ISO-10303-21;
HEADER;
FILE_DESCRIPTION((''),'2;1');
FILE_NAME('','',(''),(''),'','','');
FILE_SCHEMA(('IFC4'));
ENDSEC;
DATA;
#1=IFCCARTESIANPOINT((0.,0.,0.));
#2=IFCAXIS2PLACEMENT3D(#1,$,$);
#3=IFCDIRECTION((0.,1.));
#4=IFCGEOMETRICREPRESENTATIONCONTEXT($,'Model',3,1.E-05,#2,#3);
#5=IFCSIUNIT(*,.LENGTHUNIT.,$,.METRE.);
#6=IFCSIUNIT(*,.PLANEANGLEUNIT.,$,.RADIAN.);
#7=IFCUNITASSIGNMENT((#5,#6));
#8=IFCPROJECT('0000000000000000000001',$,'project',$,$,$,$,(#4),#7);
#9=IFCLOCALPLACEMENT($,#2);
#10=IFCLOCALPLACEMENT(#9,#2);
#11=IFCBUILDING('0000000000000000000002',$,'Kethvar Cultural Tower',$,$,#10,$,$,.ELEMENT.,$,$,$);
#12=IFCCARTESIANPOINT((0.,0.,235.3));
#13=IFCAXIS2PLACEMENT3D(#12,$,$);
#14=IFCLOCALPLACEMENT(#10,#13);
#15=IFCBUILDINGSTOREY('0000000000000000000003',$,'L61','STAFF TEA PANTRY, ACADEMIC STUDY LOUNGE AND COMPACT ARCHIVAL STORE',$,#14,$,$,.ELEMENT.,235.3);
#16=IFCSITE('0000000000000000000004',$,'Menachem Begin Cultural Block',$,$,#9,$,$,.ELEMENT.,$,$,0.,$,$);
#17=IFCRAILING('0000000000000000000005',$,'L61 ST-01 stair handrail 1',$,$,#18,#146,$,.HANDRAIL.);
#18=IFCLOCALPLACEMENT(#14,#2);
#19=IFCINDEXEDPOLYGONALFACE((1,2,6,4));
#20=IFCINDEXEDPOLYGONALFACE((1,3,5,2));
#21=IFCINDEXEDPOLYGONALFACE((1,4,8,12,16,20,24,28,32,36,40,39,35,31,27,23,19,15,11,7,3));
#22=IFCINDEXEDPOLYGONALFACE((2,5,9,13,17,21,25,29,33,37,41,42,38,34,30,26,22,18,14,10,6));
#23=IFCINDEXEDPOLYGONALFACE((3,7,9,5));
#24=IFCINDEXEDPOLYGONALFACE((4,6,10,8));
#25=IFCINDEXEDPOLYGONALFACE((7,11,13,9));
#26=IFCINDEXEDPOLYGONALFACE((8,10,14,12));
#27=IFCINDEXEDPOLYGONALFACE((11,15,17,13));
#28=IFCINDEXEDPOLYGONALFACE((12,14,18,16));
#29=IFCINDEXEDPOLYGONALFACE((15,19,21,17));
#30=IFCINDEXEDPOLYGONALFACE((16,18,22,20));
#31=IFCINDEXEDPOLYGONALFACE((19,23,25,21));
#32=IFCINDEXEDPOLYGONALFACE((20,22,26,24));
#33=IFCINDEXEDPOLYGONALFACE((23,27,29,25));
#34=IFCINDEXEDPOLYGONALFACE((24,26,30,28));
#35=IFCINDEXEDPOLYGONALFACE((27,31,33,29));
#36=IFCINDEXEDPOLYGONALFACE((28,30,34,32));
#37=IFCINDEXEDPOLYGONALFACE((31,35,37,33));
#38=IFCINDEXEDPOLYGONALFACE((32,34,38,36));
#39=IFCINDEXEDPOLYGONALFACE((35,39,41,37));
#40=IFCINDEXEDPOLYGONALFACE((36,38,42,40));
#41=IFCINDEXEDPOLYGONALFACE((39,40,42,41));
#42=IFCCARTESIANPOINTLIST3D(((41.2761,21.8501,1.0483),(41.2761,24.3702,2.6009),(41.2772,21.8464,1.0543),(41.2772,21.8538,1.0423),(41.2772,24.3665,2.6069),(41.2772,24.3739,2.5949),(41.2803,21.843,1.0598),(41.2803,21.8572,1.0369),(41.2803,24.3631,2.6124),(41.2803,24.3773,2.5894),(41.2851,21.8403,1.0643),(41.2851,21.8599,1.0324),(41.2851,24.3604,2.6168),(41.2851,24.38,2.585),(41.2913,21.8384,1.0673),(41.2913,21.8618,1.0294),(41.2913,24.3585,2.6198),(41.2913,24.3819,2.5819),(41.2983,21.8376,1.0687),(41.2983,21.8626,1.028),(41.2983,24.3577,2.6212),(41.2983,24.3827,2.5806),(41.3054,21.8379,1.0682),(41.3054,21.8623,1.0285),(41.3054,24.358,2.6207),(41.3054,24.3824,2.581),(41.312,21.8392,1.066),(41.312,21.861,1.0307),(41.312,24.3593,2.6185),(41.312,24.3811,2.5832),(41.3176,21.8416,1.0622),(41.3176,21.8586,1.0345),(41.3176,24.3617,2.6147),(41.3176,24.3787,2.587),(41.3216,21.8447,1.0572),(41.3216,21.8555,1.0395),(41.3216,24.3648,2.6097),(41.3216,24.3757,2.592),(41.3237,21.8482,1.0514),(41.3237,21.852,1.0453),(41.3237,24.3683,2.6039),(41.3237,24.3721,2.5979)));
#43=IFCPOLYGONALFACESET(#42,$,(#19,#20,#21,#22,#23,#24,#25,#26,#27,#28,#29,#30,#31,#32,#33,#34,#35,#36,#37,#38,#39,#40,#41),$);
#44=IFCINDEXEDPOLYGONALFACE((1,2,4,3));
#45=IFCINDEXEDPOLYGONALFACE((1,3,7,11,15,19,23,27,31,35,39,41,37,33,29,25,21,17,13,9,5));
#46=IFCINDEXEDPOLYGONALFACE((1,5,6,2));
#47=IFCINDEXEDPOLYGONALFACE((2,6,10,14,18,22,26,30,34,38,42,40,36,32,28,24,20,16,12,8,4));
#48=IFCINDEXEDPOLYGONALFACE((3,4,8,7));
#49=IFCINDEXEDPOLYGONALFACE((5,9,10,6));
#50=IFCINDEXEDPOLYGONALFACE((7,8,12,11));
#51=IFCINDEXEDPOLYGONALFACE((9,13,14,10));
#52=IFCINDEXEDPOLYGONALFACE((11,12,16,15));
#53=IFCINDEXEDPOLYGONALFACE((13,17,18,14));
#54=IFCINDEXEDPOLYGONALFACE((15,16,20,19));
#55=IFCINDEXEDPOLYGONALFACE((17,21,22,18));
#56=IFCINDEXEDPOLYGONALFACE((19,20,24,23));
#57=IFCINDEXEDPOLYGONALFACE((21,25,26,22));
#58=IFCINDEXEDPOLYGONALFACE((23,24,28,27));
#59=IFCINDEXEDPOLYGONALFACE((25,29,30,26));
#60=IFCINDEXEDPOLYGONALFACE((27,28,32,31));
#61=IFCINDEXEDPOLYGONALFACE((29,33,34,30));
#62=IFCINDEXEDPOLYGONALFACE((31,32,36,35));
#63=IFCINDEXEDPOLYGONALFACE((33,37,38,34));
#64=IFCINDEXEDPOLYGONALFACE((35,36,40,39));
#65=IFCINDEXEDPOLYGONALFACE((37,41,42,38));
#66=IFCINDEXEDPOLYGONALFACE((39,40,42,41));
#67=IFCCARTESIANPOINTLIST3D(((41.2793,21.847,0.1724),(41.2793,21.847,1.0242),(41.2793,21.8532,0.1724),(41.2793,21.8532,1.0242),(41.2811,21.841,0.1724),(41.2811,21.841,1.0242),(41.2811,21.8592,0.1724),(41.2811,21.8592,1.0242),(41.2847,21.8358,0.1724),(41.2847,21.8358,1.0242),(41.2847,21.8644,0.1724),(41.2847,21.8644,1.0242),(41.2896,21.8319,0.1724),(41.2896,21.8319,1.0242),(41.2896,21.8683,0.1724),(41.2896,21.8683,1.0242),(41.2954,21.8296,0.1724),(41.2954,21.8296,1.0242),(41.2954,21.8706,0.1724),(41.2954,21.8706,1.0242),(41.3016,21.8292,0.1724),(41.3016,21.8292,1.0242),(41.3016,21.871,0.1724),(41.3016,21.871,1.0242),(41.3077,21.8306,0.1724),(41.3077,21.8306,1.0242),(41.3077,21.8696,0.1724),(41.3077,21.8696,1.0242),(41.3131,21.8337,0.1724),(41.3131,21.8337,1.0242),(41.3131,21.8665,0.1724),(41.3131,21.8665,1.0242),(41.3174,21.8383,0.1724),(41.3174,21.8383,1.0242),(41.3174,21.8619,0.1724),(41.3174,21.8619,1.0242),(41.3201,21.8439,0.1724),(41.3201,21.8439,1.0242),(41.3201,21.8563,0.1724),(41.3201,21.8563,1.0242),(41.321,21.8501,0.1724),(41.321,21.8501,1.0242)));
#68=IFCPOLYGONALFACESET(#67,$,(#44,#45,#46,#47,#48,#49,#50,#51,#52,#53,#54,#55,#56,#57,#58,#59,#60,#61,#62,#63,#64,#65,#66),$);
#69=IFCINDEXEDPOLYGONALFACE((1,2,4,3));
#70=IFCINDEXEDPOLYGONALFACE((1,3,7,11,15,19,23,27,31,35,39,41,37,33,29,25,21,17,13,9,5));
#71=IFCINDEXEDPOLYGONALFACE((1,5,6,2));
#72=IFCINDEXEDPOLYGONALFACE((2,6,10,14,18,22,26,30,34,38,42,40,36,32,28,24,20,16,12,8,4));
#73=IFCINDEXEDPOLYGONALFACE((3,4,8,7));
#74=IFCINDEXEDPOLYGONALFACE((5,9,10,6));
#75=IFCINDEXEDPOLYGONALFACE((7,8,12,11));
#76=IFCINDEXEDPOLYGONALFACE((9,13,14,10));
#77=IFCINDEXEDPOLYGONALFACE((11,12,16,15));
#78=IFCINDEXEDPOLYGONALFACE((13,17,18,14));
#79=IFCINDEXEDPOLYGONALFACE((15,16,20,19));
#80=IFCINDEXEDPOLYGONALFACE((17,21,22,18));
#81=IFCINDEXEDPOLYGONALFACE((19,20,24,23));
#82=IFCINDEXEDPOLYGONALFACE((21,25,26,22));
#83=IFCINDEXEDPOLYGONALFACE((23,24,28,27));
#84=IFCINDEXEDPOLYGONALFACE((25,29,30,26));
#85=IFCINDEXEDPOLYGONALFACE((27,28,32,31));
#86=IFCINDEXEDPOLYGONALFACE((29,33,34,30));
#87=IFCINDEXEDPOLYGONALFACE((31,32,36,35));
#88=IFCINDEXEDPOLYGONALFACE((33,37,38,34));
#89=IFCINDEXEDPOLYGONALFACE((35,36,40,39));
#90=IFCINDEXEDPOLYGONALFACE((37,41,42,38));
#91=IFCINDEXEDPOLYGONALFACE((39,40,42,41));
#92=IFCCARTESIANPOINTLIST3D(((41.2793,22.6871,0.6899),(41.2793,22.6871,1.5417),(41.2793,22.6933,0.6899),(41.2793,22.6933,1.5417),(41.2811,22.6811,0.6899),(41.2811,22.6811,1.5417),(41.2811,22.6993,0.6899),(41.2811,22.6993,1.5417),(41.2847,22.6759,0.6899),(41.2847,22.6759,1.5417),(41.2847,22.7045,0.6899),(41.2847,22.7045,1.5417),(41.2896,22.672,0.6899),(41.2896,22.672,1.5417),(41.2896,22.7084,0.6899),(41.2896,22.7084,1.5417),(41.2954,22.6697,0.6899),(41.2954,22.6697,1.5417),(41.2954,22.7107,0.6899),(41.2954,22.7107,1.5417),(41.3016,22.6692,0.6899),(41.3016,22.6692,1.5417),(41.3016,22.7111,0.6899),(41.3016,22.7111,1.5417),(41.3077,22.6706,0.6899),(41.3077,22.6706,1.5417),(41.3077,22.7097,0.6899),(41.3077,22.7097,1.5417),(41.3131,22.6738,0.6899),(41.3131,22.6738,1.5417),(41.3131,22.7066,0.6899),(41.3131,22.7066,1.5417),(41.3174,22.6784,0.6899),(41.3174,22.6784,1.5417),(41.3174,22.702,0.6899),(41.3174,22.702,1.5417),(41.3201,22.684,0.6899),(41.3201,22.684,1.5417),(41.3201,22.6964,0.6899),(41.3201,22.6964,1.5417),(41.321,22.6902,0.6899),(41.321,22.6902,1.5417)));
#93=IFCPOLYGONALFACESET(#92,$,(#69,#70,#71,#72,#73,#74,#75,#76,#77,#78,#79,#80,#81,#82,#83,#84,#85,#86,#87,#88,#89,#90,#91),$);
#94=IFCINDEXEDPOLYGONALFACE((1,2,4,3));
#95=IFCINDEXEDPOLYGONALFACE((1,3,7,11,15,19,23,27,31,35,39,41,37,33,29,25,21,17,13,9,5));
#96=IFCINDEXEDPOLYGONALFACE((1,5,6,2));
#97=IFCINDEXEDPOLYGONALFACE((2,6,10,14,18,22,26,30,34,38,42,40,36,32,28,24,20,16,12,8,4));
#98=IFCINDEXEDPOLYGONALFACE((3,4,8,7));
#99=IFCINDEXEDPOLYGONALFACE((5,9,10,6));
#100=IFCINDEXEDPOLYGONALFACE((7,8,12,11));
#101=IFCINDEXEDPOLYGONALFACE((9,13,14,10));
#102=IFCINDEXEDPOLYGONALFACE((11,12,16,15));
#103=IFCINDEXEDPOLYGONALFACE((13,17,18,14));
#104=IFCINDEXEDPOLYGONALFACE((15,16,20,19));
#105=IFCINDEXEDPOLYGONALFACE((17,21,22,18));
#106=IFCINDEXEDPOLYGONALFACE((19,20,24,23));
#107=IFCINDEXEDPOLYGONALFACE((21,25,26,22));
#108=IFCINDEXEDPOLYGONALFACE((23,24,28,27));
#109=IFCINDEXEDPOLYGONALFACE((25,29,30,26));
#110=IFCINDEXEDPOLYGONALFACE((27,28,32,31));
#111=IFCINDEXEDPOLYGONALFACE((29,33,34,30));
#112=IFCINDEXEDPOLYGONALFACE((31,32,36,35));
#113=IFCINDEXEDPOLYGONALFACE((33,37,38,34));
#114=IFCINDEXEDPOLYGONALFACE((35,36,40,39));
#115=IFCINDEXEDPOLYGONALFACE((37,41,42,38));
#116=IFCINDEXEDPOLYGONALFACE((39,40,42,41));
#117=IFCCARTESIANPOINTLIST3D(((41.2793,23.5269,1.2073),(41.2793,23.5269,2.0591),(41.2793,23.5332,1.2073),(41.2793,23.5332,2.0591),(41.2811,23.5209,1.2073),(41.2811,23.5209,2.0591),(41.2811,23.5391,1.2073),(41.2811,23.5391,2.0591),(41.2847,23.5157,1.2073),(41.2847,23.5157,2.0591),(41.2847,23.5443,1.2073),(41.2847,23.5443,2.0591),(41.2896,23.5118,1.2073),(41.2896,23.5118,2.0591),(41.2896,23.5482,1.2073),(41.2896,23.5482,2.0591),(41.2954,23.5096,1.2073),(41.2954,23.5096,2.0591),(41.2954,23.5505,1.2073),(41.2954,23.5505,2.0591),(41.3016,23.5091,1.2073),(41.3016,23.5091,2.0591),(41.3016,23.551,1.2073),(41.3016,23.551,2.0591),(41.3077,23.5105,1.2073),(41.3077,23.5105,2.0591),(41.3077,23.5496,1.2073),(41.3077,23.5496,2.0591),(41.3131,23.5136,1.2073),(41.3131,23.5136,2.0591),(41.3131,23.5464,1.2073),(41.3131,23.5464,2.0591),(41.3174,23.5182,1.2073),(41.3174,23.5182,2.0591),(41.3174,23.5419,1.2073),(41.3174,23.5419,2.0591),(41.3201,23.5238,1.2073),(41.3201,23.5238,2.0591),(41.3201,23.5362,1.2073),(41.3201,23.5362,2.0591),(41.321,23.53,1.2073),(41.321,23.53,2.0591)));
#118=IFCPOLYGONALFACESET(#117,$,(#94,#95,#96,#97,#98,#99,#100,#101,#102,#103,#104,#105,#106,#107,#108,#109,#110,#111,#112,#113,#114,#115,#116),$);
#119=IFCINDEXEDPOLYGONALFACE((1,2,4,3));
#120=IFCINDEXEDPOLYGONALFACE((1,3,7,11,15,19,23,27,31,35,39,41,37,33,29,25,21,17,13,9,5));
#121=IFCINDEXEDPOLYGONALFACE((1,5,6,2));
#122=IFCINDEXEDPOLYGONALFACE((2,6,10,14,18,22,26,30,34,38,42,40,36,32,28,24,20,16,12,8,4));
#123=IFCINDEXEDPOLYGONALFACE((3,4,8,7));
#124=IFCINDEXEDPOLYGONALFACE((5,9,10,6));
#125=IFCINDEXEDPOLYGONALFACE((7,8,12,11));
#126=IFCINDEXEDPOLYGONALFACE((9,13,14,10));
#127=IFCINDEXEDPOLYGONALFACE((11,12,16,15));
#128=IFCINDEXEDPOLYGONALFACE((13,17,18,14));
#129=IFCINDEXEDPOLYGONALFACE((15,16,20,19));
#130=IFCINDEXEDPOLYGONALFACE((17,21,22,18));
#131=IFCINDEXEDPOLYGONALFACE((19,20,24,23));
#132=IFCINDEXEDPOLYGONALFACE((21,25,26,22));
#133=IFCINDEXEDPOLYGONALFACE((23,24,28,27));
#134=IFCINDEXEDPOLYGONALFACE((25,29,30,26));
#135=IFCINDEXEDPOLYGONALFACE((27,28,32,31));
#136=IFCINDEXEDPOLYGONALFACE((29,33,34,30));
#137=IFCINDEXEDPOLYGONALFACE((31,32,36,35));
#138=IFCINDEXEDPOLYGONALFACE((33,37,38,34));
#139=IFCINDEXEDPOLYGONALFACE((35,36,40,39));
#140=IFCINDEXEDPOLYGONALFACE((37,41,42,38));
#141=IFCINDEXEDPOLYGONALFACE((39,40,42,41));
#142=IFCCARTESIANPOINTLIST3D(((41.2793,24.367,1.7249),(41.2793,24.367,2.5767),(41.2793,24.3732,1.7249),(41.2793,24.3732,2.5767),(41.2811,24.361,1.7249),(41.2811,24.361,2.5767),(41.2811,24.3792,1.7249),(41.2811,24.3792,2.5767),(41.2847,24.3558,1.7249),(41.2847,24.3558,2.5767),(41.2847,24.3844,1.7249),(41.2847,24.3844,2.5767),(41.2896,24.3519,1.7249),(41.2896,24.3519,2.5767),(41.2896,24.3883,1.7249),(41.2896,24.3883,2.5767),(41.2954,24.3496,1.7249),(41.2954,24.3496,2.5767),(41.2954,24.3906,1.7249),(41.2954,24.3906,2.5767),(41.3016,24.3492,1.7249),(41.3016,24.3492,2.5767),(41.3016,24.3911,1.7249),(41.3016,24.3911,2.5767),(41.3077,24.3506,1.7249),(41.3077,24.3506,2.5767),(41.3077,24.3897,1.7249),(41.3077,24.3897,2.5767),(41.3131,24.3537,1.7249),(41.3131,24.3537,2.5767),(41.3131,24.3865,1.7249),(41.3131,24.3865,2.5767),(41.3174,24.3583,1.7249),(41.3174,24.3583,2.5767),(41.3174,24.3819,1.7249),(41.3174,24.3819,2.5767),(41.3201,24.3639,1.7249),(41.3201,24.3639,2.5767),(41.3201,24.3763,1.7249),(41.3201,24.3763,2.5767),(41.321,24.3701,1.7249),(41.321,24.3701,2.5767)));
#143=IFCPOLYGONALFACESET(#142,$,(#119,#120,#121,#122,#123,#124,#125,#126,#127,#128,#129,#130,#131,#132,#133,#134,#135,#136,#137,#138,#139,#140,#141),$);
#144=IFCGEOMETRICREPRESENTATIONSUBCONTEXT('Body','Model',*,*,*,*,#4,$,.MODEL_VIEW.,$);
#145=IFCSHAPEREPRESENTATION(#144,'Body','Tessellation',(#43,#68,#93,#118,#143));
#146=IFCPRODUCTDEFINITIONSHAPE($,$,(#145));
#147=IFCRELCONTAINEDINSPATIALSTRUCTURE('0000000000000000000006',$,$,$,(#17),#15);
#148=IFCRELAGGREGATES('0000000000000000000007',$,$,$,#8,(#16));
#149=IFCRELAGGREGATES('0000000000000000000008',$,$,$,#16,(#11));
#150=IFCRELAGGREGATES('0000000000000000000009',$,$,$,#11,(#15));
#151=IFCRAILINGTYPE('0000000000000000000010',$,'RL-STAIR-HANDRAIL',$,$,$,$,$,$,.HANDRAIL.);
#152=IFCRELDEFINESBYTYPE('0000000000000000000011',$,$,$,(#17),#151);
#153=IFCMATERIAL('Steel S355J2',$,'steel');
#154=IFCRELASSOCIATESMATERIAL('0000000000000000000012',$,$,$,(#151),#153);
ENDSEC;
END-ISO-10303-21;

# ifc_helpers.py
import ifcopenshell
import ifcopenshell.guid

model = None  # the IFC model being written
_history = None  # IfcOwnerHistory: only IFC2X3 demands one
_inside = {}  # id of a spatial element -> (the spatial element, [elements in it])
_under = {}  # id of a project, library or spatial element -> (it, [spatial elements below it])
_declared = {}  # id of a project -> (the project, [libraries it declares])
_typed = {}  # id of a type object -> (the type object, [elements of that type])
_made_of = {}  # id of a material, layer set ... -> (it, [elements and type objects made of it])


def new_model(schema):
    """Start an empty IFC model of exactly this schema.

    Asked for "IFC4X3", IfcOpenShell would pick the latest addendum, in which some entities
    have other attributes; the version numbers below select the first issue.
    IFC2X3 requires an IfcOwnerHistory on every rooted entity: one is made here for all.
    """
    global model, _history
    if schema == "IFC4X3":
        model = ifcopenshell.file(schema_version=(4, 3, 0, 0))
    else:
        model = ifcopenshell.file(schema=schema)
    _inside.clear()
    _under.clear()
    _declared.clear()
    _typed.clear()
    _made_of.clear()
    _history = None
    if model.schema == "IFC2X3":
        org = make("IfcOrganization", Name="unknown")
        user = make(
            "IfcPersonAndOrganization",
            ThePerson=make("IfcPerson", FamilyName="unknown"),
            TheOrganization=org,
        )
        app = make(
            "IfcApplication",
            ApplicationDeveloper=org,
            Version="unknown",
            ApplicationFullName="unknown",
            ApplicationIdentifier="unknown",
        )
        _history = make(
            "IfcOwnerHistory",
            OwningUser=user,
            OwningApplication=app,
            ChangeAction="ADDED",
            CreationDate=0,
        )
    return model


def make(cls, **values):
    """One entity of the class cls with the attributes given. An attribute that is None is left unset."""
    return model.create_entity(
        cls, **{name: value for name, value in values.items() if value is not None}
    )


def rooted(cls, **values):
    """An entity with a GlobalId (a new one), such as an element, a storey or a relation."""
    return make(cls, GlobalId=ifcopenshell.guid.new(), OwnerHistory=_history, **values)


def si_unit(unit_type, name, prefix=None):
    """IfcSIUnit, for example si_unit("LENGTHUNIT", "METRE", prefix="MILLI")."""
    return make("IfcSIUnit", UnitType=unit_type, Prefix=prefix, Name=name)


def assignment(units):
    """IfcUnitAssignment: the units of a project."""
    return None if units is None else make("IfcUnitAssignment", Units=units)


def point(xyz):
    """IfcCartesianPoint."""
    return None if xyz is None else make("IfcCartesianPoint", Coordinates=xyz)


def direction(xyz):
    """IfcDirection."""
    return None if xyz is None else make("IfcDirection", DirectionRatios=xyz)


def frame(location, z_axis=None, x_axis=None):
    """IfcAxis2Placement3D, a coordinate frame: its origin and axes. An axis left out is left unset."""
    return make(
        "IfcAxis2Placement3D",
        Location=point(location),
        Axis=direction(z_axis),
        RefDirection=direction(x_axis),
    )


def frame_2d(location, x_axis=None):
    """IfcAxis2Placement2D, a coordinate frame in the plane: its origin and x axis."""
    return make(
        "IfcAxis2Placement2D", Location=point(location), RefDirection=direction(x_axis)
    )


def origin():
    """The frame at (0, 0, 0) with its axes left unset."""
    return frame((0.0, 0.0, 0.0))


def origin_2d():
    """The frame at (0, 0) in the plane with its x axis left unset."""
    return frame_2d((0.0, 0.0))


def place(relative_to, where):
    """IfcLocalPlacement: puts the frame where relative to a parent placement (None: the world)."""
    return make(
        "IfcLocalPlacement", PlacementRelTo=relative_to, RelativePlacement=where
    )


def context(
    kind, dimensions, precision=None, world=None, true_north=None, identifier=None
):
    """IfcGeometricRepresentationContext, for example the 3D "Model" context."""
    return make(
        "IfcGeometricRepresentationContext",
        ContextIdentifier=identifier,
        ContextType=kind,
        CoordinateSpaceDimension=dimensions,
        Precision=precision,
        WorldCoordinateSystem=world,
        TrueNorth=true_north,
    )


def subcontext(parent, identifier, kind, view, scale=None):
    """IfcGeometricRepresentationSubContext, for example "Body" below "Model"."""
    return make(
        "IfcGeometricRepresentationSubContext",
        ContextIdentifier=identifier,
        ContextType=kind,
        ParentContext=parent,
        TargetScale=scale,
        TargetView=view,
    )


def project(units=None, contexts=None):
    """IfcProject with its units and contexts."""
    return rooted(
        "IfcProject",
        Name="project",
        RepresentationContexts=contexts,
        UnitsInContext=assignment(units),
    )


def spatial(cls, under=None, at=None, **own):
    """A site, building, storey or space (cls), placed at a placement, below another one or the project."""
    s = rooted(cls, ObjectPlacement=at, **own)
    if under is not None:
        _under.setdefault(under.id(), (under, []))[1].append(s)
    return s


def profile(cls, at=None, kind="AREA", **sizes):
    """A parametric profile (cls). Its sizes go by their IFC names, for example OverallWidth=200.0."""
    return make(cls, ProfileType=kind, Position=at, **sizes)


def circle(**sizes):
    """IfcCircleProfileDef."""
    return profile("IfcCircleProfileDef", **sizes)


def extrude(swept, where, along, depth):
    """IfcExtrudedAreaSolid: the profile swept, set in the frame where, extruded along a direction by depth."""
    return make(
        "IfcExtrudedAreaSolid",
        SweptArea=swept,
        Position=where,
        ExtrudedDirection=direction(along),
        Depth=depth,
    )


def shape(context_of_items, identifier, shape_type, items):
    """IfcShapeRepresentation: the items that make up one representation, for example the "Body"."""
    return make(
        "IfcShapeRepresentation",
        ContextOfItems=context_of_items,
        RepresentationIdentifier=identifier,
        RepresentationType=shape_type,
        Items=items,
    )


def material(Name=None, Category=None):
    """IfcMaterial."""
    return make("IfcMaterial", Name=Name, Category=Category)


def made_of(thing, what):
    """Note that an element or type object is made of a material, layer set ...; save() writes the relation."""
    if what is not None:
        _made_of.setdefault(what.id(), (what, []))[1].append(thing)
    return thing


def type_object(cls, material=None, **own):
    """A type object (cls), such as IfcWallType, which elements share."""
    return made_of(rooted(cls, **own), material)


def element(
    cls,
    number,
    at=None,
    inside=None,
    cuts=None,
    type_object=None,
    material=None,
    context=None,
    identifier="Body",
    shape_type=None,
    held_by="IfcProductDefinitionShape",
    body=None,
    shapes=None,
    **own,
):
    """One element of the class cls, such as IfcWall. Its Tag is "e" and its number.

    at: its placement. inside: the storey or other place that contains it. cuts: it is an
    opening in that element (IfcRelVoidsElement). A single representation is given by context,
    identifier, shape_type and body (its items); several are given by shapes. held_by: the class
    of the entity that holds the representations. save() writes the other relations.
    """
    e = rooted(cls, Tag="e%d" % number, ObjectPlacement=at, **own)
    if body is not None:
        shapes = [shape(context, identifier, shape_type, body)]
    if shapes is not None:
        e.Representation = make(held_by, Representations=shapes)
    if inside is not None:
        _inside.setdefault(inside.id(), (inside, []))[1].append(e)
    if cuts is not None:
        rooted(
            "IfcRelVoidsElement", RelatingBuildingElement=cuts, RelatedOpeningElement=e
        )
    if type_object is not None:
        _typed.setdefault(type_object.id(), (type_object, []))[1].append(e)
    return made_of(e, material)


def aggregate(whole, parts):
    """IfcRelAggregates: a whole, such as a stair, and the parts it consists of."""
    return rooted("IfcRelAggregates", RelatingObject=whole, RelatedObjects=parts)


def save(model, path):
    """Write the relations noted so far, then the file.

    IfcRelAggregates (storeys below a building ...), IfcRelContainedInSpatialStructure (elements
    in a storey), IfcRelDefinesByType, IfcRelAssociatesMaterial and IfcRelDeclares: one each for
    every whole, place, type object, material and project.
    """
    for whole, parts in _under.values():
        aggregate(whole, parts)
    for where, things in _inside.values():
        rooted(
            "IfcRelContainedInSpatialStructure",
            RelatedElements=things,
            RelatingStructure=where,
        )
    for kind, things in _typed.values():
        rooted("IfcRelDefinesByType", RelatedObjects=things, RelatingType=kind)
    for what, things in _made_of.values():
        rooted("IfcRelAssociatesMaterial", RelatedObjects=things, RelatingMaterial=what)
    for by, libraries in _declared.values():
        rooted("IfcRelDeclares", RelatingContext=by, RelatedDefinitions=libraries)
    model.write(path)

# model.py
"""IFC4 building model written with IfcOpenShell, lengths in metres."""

from ifc_helpers import new_model, si_unit, direction, frame, origin, origin_2d, place, context, subcontext, project, spatial, circle, extrude, material, type_object, element, save


model = new_model("IFC4")

# Units and contexts
model_context = context("Model", 3, precision=1e-05, world=origin(), true_north=direction((0.0, 1.0)))
body_context = subcontext(model_context, "Body", "Model", "MODEL_VIEW")
ifc_project = project(units=[si_unit("LENGTHUNIT", "METRE"), si_unit("PLANEANGLEUNIT", "RADIAN")], contexts=[model_context])

# Site, building, storey
site_placement = place(None, origin())
site = spatial("IfcSite", under=ifc_project, at=site_placement, Name="Menachem Begin Cultural Block", CompositionType="ELEMENT", RefElevation=0.0)
building_placement = place(site_placement, origin())
building = spatial("IfcBuilding", under=site, at=building_placement, Name="Kethvar Cultural Tower", CompositionType="ELEMENT")
storey_placement = place(building_placement, frame((0.0, 0.0, 235.3)))
storey = spatial("IfcBuildingStorey", under=building, at=storey_placement, Name="L61", Description="STAFF TEA PANTRY, ACADEMIC STUDY LOUNGE AND COMPACT ARCHIVAL STORE", CompositionType="ELEMENT", Elevation=235.3)

# Shared definitions
ifc_material_1 = material(Name="Steel S355J2", Category="steel")

# Railing
railing_type_1 = type_object("IfcRailingType", Name="RL-STAIR-HANDRAIL", PredefinedType="HANDRAIL", material=ifc_material_1)
railing_1_placement = place(storey_placement, frame((41.3, 21.8501, 0.1724)))
element("IfcRailing", 1, at=railing_1_placement, inside=storey, type_object=railing_type_1, Name="L61 ST-01 stair handrail 1", PredefinedType="HANDRAIL", context=body_context, shape_type="SweptSolid", body=[
    extrude(circle(Radius=0.0239, at=origin_2d()), frame((0.0, 0.0, 0.876), z_axis=(0.0, 0.8514, 0.524516), x_axis=(-1.0, 0.0, 0.0)), (0.0, 0.0, 1.0), 2.96),
    extrude(circle(Radius=0.021, at=origin_2d()), origin(), (0.0, 0.0, 1.0), 0.8518),
    extrude(circle(Radius=0.021, at=origin_2d()), frame((0.0, 0.8401, 0.5176)), (0.0, 0.0, 1.0), 0.8518),
    extrude(circle(Radius=0.021, at=origin_2d()), frame((0.0, 1.6799, 1.0349)), (0.0, 0.0, 1.0), 0.8518),
    extrude(circle(Radius=0.021, at=origin_2d()), frame((0.0, 2.52, 1.5525)), (0.0, 0.0, 1.0), 0.8518),
])

save(model, "model.ifc")
